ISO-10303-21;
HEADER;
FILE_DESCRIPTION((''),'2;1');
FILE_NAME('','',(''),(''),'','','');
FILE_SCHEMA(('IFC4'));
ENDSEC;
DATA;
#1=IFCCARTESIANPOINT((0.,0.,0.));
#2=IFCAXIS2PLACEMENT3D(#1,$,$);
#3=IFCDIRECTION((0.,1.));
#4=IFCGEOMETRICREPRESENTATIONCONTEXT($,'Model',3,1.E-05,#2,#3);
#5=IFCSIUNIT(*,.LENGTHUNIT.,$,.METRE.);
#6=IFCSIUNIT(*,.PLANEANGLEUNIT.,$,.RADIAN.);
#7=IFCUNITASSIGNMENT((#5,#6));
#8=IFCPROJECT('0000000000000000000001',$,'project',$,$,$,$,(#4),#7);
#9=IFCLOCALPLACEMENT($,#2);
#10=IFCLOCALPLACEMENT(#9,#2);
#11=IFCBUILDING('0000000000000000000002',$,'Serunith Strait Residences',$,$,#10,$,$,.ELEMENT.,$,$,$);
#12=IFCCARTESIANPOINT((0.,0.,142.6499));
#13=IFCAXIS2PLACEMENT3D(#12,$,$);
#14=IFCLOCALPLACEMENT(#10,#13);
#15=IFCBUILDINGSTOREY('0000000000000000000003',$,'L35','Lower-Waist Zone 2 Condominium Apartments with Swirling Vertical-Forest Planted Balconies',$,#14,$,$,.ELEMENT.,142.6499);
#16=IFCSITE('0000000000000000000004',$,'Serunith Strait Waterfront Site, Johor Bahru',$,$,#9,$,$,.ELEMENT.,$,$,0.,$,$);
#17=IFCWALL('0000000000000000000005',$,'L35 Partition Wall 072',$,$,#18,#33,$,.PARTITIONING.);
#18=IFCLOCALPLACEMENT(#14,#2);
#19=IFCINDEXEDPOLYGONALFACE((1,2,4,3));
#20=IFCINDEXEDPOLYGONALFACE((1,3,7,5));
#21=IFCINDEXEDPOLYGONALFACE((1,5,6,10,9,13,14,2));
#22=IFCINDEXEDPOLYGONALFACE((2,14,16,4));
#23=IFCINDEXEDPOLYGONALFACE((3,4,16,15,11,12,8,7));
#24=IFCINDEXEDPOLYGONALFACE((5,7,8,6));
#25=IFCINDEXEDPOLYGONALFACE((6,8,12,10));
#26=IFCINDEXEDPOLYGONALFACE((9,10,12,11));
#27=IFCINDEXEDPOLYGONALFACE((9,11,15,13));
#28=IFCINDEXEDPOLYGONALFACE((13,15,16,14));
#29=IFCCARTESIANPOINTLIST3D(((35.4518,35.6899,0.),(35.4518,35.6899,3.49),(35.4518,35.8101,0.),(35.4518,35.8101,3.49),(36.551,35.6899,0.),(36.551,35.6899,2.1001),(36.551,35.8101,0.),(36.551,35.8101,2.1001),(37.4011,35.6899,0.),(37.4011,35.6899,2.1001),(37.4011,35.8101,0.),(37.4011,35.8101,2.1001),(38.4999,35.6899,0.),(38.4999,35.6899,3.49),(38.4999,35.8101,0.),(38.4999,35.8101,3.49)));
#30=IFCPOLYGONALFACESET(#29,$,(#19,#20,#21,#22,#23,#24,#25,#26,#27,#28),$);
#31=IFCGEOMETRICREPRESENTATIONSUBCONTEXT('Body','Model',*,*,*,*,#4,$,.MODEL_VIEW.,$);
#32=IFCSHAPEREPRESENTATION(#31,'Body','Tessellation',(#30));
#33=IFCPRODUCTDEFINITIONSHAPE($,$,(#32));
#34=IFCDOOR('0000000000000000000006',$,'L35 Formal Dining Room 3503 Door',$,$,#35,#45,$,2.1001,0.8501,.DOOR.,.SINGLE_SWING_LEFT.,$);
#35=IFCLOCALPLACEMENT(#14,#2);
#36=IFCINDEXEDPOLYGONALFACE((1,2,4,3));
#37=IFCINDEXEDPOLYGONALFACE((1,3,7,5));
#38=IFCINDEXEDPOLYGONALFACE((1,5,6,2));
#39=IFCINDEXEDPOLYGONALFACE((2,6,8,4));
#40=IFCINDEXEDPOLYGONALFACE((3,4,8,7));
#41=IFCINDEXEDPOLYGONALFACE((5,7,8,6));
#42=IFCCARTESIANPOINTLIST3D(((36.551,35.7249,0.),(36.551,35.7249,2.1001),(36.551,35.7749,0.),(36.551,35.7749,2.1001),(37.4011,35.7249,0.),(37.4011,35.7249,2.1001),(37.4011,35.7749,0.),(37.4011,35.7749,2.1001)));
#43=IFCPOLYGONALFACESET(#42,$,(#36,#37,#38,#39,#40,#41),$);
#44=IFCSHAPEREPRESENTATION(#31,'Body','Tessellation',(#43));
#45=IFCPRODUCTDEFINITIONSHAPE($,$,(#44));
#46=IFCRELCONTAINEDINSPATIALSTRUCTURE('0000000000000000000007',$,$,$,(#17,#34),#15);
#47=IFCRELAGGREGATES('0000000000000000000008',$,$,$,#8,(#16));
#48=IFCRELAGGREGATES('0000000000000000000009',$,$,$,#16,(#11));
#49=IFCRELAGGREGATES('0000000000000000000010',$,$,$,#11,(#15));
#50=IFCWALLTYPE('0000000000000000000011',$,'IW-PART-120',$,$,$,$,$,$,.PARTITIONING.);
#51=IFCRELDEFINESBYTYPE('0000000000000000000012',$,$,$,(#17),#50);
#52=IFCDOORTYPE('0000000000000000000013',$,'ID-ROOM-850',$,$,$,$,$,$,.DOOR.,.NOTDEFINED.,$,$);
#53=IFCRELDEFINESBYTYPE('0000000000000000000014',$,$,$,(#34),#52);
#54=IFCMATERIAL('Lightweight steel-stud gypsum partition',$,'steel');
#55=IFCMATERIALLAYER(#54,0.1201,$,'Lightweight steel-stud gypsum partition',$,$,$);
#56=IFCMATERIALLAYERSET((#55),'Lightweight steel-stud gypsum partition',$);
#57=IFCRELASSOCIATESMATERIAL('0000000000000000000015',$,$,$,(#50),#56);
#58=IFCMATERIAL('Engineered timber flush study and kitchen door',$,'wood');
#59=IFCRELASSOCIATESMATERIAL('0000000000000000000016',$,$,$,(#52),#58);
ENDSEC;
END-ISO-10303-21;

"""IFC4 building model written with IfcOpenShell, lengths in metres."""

from ifc_helpers import new_model, si_unit, direction, frame, frame_2d, origin, place, context, subcontext, project, spatial, rectangle, extrude, source, transform, mapped, material, layer, layer_set, type_object, element, fill, save


model = new_model("IFC4")

# Units and contexts
model_context = context("Model", 3, precision=1e-05, world=origin(), true_north=direction((0.0, 1.0)))
body_context = subcontext(model_context, "Body", "Model", "MODEL_VIEW")
ifc_project = project(units=[si_unit("LENGTHUNIT", "METRE"), si_unit("PLANEANGLEUNIT", "RADIAN")], contexts=[model_context])

# Site, building, storey
site_placement = place(None, origin())
site = spatial("IfcSite", under=ifc_project, at=site_placement, Name="Serunith Strait Waterfront Site, Johor Bahru", CompositionType="ELEMENT", RefElevation=0.0)
building_placement = place(site_placement, origin())
building = spatial("IfcBuilding", under=site, at=building_placement, Name="Serunith Strait Residences", CompositionType="ELEMENT")
storey_placement = place(building_placement, frame((0.0, 0.0, 142.6499)))
storey = spatial("IfcBuildingStorey", under=building, at=storey_placement, Name="L35", Description="Lower-Waist Zone 2 Condominium Apartments with Swirling Vertical-Forest Planted Balconies", CompositionType="ELEMENT", Elevation=142.6499)

# Shared definitions
ifc_material_1 = material(Name="Lightweight steel-stud gypsum partition", Category="steel")
ifc_layer_1 = layer(ifc_material_1, 0.1201, Name="Lightweight steel-stud gypsum partition")
ifc_layer_set_1 = layer_set([ifc_layer_1], Name="Lightweight steel-stud gypsum partition")
wall_type = type_object("IfcWallType", Name="IW-PART-120", PredefinedType="PARTITIONING", material=ifc_layer_set_1)
ifc_material_2 = material(Name="Engineered timber flush study and kitchen door", Category="wood")
door_type_1 = type_object("IfcDoorType", Name="ID-ROOM-850", OperationType="NOTDEFINED", PredefinedType="DOOR", material=ifc_material_2)
shared_shape_1 = source(origin(), body_context, "Body", "SweptSolid", [
    extrude(rectangle(XDim=0.8501, YDim=2.1001, at=frame_2d((0.425, 1.05))), frame((0.0, 0.0249, 0.0), z_axis=(0.0, -1.0, 0.0), x_axis=(1.0, 0.0, 0.0)), (0.0, 0.0, 1.0), 0.05),
])

# Wall, opening, door
wall_1_placement = place(storey_placement, frame((35.4519, 35.75, 0.0), z_axis=(0.0, 0.0, 1.0), x_axis=(1.0, 0.0, 0.0)))
wall_1 = element("IfcWall", 1, at=wall_1_placement, inside=storey, type_object=wall_type, Name="L35 Partition Wall 072", PredefinedType="PARTITIONING", context=body_context, shape_type="SweptSolid", body=[
    extrude(rectangle(XDim=3.0481, YDim=0.1201, at=frame_2d((1.5239, 0.0))), origin(), (0.0, 0.0, 1.0), 3.49),
])
opening_1_placement = place(wall_1_placement, frame((1.0991, 0.0, 0.0)))
opening_1 = element("IfcOpeningElement", 2, at=opening_1_placement, cuts=wall_1, PredefinedType="OPENING", context=body_context, shape_type="SweptSolid", body=[
    extrude(rectangle(XDim=0.8501, YDim=2.1001, at=frame_2d((0.425, 1.05))), frame((0.0, 0.0701, 0.0), z_axis=(0.0, -1.0, 0.0), x_axis=(1.0, 0.0, 0.0)), (0.0, 0.0, 1.0), 0.1401),
])
door_1_placement = place(opening_1_placement, origin())
door_1 = element("IfcDoor", 3, at=door_1_placement, inside=storey, type_object=door_type_1, Name="L35 Formal Dining Room 3503 Door", OperationType="SINGLE_SWING_LEFT", OverallHeight=2.1001, OverallWidth=0.8501, PredefinedType="DOOR", context=body_context, shape_type="MappedRepresentation", body=[
    mapped(shared_shape_1, transform((0.0, 0.0, 0.0), scale=1.0)),
])
fill(opening_1, door_1)

save(model, "model.ifc")
